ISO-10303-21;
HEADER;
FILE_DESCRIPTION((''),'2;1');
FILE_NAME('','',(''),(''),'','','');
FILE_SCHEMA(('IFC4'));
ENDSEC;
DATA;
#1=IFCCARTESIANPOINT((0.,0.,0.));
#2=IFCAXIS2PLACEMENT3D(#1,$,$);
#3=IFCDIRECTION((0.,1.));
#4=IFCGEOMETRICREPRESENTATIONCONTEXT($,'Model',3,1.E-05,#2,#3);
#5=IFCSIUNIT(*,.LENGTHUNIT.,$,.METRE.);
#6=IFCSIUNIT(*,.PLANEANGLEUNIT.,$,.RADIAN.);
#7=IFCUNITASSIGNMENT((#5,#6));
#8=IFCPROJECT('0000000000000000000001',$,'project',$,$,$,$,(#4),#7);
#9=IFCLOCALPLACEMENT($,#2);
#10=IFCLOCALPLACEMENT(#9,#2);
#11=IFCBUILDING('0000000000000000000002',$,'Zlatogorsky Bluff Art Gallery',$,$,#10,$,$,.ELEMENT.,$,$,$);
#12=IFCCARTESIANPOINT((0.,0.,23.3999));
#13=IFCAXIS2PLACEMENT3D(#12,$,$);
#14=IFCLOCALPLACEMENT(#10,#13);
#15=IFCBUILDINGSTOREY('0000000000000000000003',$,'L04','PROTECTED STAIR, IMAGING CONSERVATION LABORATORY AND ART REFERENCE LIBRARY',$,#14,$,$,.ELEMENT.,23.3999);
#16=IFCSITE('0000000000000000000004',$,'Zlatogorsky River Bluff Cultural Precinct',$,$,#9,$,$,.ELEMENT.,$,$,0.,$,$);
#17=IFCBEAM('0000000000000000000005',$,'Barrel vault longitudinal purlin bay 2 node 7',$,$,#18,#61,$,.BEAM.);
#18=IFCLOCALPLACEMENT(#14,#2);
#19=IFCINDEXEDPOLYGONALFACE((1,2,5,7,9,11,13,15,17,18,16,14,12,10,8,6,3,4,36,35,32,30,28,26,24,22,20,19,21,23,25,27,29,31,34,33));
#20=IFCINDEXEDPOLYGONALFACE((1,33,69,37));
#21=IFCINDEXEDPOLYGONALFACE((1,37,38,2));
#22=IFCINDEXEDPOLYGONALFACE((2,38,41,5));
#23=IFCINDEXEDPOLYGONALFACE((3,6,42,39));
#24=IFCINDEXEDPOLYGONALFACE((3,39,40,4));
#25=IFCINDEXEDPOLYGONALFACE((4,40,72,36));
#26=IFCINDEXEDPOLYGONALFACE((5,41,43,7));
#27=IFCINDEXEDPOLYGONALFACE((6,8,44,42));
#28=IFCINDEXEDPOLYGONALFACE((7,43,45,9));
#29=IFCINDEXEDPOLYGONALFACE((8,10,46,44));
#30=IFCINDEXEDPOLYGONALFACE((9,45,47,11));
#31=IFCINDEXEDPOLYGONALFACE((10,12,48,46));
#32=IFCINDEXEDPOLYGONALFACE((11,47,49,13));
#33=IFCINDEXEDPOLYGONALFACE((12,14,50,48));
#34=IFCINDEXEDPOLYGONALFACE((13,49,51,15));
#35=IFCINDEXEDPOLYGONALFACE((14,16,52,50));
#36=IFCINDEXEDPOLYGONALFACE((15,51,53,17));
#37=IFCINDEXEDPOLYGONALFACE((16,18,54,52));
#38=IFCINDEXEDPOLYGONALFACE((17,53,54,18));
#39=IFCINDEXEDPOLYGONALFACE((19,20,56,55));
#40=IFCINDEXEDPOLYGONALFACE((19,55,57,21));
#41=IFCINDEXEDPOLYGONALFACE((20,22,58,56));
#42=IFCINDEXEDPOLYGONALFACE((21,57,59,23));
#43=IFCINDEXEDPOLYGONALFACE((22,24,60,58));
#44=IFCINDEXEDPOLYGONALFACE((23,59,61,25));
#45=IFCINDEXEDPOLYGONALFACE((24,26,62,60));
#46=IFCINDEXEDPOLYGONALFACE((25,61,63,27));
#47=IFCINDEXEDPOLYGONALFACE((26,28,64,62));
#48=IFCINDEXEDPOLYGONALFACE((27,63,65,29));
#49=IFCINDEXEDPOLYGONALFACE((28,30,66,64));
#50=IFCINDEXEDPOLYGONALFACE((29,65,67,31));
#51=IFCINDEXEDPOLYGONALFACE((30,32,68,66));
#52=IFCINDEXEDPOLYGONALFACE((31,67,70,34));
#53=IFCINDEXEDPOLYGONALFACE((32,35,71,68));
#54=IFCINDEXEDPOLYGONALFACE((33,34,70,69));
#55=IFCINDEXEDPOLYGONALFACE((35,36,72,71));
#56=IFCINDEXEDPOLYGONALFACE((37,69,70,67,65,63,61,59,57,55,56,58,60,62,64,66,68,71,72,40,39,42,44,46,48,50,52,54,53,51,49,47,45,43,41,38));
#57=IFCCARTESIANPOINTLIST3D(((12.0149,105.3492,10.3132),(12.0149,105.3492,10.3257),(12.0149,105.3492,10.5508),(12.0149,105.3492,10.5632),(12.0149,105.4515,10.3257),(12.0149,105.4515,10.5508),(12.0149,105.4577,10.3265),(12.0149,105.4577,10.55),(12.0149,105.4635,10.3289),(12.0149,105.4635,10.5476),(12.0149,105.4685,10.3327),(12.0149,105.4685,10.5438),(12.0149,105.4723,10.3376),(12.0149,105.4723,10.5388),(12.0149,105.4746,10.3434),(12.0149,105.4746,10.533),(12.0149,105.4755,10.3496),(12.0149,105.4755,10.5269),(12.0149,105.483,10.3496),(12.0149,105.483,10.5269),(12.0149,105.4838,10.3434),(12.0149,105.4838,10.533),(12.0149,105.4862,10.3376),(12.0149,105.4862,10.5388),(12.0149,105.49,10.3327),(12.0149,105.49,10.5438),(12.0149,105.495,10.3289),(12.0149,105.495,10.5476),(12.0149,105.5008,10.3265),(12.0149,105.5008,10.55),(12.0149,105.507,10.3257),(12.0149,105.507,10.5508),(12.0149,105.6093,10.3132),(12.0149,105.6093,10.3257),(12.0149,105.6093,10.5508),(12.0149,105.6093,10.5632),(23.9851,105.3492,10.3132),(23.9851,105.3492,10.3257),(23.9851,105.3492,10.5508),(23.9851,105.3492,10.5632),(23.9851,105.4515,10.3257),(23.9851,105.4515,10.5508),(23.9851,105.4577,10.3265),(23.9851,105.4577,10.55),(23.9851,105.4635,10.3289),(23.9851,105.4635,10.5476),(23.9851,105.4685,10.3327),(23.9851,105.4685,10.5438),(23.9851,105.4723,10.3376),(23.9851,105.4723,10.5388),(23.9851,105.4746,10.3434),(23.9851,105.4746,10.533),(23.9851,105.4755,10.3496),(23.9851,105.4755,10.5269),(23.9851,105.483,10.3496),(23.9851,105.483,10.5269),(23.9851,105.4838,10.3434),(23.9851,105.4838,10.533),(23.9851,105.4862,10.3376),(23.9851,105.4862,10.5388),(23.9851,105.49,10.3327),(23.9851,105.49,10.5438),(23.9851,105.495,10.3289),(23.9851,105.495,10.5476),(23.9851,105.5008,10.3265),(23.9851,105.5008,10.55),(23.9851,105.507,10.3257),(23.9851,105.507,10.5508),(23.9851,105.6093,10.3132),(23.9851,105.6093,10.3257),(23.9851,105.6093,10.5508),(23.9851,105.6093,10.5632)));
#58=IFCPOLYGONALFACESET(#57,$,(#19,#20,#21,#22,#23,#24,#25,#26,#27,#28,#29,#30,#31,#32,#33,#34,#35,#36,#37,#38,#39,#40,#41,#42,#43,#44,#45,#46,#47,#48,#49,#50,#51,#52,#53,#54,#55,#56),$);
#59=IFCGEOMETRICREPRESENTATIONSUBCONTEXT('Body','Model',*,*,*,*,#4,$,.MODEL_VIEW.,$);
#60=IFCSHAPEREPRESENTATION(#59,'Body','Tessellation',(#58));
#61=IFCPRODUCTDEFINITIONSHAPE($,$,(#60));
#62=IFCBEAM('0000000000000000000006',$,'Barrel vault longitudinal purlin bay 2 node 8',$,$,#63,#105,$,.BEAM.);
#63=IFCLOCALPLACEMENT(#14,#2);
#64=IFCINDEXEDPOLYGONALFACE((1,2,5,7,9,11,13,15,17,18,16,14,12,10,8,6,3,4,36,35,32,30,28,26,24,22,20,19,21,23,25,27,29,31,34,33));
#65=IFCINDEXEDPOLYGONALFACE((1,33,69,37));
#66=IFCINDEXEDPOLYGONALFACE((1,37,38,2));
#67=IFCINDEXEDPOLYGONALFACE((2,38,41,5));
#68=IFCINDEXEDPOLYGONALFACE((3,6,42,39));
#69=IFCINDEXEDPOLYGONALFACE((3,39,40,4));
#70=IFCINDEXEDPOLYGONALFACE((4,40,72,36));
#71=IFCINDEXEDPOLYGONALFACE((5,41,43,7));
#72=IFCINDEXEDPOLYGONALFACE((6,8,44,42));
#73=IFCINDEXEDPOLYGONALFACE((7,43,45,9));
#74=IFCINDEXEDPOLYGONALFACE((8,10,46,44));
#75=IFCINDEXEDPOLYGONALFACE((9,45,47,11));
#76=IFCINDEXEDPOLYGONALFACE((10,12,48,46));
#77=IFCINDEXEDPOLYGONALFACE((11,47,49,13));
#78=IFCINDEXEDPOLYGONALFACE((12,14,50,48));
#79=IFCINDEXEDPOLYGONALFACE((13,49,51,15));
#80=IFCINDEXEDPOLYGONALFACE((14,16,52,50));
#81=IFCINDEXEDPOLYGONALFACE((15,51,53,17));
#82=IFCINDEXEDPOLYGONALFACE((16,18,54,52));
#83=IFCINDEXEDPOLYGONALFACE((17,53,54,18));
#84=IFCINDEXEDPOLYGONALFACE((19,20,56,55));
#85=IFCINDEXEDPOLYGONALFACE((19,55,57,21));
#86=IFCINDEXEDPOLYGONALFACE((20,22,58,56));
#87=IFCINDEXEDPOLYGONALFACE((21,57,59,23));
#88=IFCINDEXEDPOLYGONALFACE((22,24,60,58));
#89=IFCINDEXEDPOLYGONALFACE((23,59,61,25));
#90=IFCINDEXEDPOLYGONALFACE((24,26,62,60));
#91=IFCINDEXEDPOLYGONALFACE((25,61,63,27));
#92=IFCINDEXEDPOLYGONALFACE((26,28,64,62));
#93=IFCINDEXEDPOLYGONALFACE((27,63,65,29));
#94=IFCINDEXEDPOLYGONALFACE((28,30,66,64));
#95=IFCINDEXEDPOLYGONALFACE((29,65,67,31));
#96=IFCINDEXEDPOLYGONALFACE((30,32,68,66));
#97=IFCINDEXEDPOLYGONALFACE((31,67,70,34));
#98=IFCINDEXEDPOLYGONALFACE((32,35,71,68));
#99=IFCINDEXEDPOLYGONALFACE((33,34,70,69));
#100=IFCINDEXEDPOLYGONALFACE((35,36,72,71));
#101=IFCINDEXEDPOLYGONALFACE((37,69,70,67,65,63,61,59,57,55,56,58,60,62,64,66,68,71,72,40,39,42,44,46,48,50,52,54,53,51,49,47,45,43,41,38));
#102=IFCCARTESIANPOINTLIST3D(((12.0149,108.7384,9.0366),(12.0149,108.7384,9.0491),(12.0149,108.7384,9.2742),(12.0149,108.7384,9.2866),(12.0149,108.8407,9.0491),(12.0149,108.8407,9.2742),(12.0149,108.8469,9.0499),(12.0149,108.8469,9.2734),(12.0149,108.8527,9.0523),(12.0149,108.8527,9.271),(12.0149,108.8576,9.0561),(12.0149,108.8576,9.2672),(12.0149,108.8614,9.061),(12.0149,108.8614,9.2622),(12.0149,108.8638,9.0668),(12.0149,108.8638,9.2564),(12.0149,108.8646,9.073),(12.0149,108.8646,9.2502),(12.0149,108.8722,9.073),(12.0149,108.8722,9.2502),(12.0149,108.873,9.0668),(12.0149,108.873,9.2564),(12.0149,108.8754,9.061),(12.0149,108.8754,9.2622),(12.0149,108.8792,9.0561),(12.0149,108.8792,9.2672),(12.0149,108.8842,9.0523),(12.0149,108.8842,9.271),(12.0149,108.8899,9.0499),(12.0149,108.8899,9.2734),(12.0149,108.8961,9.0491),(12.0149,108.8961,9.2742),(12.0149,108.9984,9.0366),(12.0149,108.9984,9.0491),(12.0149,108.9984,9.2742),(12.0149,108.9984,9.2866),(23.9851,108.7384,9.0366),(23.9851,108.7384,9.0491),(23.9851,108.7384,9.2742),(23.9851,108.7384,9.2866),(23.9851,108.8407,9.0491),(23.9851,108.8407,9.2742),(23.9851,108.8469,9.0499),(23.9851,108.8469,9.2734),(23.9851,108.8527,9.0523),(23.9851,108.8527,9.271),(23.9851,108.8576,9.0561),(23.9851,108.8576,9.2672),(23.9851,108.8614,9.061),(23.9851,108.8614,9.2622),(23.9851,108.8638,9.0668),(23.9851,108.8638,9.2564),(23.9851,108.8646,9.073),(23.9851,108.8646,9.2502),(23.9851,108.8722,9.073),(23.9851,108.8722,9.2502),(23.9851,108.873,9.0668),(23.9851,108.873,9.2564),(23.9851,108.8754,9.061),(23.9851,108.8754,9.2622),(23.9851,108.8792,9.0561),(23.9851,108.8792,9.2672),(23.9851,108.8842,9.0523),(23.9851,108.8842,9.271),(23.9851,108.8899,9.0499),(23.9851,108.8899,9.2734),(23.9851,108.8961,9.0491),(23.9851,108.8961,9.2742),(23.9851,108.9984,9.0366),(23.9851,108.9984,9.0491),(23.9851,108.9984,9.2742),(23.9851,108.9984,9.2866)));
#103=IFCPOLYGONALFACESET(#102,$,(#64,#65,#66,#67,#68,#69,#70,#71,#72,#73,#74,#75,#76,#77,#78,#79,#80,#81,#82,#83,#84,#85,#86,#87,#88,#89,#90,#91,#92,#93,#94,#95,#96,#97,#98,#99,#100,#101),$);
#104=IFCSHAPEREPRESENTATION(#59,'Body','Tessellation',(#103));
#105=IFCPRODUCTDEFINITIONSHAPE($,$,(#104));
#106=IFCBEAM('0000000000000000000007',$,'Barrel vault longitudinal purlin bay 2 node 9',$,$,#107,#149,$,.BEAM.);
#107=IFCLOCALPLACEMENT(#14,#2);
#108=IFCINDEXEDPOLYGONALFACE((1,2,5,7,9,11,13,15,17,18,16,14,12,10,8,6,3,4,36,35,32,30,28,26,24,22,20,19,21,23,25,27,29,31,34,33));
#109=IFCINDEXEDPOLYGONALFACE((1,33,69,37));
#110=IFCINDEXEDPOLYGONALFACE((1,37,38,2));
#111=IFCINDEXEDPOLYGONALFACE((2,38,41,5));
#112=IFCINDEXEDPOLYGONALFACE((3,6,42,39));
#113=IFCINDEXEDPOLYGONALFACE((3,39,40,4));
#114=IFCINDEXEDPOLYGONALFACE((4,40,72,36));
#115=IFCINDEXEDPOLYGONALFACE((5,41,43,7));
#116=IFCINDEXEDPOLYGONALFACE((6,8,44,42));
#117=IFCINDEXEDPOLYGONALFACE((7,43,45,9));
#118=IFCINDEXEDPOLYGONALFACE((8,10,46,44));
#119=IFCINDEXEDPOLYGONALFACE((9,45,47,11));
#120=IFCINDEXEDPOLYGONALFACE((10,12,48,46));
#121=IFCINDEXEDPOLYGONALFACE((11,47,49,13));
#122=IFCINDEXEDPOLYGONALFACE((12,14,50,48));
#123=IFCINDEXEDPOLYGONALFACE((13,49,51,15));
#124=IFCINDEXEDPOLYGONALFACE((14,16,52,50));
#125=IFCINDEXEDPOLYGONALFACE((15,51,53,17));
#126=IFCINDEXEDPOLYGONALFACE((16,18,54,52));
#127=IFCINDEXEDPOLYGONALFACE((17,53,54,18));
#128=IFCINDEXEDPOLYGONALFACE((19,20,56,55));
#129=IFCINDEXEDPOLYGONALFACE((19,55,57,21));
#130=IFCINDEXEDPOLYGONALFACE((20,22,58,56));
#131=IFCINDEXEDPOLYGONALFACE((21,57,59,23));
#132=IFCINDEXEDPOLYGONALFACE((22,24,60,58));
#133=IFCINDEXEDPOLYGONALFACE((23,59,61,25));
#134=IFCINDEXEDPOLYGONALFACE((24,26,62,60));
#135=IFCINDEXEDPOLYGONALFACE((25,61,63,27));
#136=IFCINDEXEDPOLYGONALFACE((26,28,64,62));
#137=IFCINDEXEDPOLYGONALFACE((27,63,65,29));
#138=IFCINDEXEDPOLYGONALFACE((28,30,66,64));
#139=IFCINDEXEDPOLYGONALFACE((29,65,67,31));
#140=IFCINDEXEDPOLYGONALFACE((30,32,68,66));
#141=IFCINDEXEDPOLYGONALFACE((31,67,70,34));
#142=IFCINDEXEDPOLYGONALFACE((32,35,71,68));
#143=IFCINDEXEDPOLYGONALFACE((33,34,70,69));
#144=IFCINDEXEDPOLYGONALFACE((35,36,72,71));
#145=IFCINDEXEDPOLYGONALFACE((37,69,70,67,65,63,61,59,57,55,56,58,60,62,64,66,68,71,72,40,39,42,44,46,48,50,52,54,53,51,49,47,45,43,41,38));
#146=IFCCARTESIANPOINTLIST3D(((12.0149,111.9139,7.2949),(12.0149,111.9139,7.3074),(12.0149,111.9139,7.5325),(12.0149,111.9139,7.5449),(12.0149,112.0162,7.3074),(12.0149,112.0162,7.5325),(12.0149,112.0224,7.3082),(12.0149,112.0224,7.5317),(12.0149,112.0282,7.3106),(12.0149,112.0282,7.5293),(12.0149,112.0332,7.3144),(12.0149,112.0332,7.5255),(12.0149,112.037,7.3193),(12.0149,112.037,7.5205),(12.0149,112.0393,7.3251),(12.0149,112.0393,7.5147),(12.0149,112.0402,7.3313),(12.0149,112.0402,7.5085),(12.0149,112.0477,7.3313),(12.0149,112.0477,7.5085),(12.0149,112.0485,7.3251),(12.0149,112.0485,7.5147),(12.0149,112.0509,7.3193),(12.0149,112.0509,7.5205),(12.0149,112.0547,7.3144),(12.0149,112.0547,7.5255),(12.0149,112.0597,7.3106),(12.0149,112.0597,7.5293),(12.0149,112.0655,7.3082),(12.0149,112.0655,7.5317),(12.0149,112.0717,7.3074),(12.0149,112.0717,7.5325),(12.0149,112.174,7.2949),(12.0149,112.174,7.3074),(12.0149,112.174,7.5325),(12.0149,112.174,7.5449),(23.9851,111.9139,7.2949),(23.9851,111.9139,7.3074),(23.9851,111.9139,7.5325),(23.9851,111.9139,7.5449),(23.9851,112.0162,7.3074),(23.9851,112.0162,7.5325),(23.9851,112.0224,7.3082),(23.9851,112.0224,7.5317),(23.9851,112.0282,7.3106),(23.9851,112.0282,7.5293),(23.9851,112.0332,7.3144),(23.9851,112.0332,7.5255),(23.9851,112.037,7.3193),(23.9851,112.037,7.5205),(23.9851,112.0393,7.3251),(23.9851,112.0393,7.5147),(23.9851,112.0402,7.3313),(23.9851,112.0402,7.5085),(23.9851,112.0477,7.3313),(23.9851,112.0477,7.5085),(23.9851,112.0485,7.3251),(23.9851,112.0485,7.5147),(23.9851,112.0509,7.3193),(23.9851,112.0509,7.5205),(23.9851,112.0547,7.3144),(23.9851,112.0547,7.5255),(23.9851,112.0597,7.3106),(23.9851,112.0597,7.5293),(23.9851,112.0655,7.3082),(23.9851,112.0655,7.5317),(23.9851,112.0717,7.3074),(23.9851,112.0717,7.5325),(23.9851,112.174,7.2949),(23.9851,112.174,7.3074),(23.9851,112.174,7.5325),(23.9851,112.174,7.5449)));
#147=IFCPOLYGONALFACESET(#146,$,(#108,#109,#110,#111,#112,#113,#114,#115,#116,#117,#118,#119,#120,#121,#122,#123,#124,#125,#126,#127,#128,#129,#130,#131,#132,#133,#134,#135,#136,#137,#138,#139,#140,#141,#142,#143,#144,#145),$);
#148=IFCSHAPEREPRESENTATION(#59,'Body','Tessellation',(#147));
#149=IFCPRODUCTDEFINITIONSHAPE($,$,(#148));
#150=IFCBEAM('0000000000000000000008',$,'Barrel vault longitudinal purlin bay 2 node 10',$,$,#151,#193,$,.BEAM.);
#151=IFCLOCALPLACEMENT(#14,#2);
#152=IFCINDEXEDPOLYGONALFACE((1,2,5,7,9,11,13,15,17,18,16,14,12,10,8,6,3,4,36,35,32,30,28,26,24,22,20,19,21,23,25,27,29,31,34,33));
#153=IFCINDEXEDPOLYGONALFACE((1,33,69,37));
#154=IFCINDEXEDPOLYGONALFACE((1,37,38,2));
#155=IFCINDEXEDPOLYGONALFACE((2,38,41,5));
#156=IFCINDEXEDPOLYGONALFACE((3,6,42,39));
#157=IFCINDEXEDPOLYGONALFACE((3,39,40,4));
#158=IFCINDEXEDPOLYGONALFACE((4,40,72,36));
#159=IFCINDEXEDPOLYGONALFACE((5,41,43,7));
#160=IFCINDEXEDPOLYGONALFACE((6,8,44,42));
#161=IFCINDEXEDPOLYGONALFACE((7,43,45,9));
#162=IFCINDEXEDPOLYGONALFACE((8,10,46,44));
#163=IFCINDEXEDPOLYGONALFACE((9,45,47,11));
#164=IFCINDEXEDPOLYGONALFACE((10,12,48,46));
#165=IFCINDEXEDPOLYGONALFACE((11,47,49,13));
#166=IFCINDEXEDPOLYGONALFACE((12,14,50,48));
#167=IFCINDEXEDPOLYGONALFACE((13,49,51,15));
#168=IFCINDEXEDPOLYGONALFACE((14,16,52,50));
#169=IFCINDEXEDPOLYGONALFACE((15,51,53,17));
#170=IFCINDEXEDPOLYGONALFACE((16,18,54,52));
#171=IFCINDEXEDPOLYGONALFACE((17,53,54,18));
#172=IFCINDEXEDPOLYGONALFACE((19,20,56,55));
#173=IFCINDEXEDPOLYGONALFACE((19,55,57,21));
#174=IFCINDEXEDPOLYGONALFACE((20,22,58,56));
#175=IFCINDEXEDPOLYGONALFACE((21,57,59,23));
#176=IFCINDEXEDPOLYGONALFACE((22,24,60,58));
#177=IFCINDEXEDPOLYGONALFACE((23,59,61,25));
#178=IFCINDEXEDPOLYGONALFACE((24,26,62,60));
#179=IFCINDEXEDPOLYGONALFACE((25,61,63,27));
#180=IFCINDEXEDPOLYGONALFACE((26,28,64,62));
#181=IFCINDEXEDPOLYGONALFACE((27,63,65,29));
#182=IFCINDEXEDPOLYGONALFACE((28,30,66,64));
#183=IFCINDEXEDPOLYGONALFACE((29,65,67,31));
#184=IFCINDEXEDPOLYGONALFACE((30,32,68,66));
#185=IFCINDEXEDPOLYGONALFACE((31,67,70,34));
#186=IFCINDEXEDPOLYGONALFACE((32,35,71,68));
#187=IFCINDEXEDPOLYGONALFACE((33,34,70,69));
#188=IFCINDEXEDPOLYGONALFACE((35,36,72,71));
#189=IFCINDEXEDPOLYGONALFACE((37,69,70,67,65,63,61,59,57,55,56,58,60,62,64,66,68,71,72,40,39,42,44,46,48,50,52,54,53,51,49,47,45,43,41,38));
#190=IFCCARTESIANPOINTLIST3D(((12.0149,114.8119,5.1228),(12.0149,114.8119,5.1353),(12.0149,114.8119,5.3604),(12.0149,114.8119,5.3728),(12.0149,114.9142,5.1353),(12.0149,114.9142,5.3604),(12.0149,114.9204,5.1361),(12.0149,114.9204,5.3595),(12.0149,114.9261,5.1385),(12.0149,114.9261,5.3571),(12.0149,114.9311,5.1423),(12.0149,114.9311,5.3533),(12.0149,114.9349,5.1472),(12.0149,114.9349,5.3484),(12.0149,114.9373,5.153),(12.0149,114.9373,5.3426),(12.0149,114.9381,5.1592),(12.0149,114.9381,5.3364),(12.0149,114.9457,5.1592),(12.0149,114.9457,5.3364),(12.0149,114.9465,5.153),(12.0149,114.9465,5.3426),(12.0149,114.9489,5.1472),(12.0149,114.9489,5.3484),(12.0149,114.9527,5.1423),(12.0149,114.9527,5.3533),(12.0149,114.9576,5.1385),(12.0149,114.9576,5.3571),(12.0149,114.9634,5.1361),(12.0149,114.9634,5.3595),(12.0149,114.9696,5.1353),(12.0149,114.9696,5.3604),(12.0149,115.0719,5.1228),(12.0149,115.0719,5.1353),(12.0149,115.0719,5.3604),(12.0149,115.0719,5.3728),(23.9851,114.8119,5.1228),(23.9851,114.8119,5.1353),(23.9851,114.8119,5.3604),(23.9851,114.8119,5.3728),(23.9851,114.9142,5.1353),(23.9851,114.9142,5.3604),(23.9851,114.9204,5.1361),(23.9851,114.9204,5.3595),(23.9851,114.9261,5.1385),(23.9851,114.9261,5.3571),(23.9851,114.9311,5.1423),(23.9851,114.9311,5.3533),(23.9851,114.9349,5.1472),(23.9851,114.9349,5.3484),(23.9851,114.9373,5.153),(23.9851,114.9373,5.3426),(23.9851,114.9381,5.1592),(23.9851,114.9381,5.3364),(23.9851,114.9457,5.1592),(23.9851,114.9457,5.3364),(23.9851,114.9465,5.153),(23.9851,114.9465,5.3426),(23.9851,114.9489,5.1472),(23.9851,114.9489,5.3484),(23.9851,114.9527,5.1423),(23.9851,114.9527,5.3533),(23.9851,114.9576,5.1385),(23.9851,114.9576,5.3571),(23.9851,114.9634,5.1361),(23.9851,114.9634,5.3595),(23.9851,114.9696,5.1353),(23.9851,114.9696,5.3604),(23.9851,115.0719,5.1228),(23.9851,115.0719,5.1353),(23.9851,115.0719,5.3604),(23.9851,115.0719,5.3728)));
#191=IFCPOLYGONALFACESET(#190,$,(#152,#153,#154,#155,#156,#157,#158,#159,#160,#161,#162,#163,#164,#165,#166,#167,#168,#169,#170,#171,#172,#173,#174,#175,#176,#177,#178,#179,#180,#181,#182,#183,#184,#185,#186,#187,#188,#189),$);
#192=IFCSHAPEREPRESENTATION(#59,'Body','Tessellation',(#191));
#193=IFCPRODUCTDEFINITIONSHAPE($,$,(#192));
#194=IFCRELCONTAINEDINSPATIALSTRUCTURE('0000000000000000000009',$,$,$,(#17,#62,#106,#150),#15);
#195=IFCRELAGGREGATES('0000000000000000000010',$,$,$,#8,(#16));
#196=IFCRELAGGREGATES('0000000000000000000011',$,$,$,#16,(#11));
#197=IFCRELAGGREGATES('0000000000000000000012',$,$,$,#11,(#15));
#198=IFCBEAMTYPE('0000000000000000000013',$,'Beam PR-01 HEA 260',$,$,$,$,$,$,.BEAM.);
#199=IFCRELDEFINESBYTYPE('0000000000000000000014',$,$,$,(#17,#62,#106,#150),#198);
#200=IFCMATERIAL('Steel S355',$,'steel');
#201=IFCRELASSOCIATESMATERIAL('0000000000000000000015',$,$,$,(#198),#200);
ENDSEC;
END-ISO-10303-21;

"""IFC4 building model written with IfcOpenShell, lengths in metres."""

from ifc_helpers import new_model, si_unit, direction, frame, origin, origin_2d, place, context, subcontext, project, spatial, i_section, extrude, material, material_profile, profile_set, type_object, element, save


model = new_model("IFC4")

# Units and contexts
model_context = context("Model", 3, precision=1e-05, world=origin(), true_north=direction((0.0, 1.0)))
body_context = subcontext(model_context, "Body", "Model", "MODEL_VIEW")
ifc_project = project(units=[si_unit("LENGTHUNIT", "METRE"), si_unit("PLANEANGLEUNIT", "RADIAN")], contexts=[model_context])

# Site, building, storey
site_placement = place(None, origin())
site = spatial("IfcSite", under=ifc_project, at=site_placement, Name="Zlatogorsky River Bluff Cultural Precinct", CompositionType="ELEMENT", RefElevation=0.0)
building_placement = place(site_placement, origin())
building = spatial("IfcBuilding", under=site, at=building_placement, Name="Zlatogorsky Bluff Art Gallery", CompositionType="ELEMENT")
storey_placement = place(building_placement, frame((0.0, 0.0, 23.3999)))
storey = spatial("IfcBuildingStorey", under=building, at=storey_placement, Name="L04", Description="PROTECTED STAIR, IMAGING CONSERVATION LABORATORY AND ART REFERENCE LIBRARY", CompositionType="ELEMENT", Elevation=23.3999)

# Beams
ifc_material_1 = material(Name="Steel S355", Category="steel")
ifc_material_profile_1 = material_profile(ifc_material_1, i_section(OverallWidth=0.26, OverallDepth=0.25, WebThickness=0.0076, FlangeThickness=0.0125, FilletRadius=0.0239, at=origin_2d()), Name="HEA 260")
ifc_profile_set_1 = profile_set([ifc_material_profile_1], Name="Steel S355")
beam_type_1 = type_object("IfcBeamType", Name="Beam PR-01 HEA 260", PredefinedType="BEAM", material=ifc_profile_set_1)
for number, where, z_axis, x_axis, name in (
    (1, (12.0149, 105.4792, 10.4382), (1.0, 0.0, 0.0), (0.0, 1.0, 0.0), "Barrel vault longitudinal purlin bay 2 node 7"),
    (2, (12.0149, 108.8684, 9.1616), (1.0, 0.0, 0.0), (0.0, 1.0, 0.0), "Barrel vault longitudinal purlin bay 2 node 8"),
    (3, (12.0149, 112.0439, 7.4199), (1.0, 0.0, 0.0), (0.0, 1.0, 0.0), "Barrel vault longitudinal purlin bay 2 node 9"),
    (4, (12.0149, 114.9419, 5.2478), (1.0, 0.0, 0.0), (0.0, 1.0, 0.0), "Barrel vault longitudinal purlin bay 2 node 10"),
):
    element("IfcBeam", number, at=place(storey_placement, frame(where, z_axis=z_axis, x_axis=x_axis)), inside=storey, type_object=beam_type_1, Name=name, PredefinedType="BEAM", context=body_context, shape_type="SweptSolid", body=[
        extrude(i_section(OverallWidth=0.26, OverallDepth=0.25, WebThickness=0.0076, FlangeThickness=0.0125, FilletRadius=0.0239, at=origin_2d()), origin(), (0.0, 0.0, 1.0), 11.9702),
    ])

save(model, "model.ifc")
